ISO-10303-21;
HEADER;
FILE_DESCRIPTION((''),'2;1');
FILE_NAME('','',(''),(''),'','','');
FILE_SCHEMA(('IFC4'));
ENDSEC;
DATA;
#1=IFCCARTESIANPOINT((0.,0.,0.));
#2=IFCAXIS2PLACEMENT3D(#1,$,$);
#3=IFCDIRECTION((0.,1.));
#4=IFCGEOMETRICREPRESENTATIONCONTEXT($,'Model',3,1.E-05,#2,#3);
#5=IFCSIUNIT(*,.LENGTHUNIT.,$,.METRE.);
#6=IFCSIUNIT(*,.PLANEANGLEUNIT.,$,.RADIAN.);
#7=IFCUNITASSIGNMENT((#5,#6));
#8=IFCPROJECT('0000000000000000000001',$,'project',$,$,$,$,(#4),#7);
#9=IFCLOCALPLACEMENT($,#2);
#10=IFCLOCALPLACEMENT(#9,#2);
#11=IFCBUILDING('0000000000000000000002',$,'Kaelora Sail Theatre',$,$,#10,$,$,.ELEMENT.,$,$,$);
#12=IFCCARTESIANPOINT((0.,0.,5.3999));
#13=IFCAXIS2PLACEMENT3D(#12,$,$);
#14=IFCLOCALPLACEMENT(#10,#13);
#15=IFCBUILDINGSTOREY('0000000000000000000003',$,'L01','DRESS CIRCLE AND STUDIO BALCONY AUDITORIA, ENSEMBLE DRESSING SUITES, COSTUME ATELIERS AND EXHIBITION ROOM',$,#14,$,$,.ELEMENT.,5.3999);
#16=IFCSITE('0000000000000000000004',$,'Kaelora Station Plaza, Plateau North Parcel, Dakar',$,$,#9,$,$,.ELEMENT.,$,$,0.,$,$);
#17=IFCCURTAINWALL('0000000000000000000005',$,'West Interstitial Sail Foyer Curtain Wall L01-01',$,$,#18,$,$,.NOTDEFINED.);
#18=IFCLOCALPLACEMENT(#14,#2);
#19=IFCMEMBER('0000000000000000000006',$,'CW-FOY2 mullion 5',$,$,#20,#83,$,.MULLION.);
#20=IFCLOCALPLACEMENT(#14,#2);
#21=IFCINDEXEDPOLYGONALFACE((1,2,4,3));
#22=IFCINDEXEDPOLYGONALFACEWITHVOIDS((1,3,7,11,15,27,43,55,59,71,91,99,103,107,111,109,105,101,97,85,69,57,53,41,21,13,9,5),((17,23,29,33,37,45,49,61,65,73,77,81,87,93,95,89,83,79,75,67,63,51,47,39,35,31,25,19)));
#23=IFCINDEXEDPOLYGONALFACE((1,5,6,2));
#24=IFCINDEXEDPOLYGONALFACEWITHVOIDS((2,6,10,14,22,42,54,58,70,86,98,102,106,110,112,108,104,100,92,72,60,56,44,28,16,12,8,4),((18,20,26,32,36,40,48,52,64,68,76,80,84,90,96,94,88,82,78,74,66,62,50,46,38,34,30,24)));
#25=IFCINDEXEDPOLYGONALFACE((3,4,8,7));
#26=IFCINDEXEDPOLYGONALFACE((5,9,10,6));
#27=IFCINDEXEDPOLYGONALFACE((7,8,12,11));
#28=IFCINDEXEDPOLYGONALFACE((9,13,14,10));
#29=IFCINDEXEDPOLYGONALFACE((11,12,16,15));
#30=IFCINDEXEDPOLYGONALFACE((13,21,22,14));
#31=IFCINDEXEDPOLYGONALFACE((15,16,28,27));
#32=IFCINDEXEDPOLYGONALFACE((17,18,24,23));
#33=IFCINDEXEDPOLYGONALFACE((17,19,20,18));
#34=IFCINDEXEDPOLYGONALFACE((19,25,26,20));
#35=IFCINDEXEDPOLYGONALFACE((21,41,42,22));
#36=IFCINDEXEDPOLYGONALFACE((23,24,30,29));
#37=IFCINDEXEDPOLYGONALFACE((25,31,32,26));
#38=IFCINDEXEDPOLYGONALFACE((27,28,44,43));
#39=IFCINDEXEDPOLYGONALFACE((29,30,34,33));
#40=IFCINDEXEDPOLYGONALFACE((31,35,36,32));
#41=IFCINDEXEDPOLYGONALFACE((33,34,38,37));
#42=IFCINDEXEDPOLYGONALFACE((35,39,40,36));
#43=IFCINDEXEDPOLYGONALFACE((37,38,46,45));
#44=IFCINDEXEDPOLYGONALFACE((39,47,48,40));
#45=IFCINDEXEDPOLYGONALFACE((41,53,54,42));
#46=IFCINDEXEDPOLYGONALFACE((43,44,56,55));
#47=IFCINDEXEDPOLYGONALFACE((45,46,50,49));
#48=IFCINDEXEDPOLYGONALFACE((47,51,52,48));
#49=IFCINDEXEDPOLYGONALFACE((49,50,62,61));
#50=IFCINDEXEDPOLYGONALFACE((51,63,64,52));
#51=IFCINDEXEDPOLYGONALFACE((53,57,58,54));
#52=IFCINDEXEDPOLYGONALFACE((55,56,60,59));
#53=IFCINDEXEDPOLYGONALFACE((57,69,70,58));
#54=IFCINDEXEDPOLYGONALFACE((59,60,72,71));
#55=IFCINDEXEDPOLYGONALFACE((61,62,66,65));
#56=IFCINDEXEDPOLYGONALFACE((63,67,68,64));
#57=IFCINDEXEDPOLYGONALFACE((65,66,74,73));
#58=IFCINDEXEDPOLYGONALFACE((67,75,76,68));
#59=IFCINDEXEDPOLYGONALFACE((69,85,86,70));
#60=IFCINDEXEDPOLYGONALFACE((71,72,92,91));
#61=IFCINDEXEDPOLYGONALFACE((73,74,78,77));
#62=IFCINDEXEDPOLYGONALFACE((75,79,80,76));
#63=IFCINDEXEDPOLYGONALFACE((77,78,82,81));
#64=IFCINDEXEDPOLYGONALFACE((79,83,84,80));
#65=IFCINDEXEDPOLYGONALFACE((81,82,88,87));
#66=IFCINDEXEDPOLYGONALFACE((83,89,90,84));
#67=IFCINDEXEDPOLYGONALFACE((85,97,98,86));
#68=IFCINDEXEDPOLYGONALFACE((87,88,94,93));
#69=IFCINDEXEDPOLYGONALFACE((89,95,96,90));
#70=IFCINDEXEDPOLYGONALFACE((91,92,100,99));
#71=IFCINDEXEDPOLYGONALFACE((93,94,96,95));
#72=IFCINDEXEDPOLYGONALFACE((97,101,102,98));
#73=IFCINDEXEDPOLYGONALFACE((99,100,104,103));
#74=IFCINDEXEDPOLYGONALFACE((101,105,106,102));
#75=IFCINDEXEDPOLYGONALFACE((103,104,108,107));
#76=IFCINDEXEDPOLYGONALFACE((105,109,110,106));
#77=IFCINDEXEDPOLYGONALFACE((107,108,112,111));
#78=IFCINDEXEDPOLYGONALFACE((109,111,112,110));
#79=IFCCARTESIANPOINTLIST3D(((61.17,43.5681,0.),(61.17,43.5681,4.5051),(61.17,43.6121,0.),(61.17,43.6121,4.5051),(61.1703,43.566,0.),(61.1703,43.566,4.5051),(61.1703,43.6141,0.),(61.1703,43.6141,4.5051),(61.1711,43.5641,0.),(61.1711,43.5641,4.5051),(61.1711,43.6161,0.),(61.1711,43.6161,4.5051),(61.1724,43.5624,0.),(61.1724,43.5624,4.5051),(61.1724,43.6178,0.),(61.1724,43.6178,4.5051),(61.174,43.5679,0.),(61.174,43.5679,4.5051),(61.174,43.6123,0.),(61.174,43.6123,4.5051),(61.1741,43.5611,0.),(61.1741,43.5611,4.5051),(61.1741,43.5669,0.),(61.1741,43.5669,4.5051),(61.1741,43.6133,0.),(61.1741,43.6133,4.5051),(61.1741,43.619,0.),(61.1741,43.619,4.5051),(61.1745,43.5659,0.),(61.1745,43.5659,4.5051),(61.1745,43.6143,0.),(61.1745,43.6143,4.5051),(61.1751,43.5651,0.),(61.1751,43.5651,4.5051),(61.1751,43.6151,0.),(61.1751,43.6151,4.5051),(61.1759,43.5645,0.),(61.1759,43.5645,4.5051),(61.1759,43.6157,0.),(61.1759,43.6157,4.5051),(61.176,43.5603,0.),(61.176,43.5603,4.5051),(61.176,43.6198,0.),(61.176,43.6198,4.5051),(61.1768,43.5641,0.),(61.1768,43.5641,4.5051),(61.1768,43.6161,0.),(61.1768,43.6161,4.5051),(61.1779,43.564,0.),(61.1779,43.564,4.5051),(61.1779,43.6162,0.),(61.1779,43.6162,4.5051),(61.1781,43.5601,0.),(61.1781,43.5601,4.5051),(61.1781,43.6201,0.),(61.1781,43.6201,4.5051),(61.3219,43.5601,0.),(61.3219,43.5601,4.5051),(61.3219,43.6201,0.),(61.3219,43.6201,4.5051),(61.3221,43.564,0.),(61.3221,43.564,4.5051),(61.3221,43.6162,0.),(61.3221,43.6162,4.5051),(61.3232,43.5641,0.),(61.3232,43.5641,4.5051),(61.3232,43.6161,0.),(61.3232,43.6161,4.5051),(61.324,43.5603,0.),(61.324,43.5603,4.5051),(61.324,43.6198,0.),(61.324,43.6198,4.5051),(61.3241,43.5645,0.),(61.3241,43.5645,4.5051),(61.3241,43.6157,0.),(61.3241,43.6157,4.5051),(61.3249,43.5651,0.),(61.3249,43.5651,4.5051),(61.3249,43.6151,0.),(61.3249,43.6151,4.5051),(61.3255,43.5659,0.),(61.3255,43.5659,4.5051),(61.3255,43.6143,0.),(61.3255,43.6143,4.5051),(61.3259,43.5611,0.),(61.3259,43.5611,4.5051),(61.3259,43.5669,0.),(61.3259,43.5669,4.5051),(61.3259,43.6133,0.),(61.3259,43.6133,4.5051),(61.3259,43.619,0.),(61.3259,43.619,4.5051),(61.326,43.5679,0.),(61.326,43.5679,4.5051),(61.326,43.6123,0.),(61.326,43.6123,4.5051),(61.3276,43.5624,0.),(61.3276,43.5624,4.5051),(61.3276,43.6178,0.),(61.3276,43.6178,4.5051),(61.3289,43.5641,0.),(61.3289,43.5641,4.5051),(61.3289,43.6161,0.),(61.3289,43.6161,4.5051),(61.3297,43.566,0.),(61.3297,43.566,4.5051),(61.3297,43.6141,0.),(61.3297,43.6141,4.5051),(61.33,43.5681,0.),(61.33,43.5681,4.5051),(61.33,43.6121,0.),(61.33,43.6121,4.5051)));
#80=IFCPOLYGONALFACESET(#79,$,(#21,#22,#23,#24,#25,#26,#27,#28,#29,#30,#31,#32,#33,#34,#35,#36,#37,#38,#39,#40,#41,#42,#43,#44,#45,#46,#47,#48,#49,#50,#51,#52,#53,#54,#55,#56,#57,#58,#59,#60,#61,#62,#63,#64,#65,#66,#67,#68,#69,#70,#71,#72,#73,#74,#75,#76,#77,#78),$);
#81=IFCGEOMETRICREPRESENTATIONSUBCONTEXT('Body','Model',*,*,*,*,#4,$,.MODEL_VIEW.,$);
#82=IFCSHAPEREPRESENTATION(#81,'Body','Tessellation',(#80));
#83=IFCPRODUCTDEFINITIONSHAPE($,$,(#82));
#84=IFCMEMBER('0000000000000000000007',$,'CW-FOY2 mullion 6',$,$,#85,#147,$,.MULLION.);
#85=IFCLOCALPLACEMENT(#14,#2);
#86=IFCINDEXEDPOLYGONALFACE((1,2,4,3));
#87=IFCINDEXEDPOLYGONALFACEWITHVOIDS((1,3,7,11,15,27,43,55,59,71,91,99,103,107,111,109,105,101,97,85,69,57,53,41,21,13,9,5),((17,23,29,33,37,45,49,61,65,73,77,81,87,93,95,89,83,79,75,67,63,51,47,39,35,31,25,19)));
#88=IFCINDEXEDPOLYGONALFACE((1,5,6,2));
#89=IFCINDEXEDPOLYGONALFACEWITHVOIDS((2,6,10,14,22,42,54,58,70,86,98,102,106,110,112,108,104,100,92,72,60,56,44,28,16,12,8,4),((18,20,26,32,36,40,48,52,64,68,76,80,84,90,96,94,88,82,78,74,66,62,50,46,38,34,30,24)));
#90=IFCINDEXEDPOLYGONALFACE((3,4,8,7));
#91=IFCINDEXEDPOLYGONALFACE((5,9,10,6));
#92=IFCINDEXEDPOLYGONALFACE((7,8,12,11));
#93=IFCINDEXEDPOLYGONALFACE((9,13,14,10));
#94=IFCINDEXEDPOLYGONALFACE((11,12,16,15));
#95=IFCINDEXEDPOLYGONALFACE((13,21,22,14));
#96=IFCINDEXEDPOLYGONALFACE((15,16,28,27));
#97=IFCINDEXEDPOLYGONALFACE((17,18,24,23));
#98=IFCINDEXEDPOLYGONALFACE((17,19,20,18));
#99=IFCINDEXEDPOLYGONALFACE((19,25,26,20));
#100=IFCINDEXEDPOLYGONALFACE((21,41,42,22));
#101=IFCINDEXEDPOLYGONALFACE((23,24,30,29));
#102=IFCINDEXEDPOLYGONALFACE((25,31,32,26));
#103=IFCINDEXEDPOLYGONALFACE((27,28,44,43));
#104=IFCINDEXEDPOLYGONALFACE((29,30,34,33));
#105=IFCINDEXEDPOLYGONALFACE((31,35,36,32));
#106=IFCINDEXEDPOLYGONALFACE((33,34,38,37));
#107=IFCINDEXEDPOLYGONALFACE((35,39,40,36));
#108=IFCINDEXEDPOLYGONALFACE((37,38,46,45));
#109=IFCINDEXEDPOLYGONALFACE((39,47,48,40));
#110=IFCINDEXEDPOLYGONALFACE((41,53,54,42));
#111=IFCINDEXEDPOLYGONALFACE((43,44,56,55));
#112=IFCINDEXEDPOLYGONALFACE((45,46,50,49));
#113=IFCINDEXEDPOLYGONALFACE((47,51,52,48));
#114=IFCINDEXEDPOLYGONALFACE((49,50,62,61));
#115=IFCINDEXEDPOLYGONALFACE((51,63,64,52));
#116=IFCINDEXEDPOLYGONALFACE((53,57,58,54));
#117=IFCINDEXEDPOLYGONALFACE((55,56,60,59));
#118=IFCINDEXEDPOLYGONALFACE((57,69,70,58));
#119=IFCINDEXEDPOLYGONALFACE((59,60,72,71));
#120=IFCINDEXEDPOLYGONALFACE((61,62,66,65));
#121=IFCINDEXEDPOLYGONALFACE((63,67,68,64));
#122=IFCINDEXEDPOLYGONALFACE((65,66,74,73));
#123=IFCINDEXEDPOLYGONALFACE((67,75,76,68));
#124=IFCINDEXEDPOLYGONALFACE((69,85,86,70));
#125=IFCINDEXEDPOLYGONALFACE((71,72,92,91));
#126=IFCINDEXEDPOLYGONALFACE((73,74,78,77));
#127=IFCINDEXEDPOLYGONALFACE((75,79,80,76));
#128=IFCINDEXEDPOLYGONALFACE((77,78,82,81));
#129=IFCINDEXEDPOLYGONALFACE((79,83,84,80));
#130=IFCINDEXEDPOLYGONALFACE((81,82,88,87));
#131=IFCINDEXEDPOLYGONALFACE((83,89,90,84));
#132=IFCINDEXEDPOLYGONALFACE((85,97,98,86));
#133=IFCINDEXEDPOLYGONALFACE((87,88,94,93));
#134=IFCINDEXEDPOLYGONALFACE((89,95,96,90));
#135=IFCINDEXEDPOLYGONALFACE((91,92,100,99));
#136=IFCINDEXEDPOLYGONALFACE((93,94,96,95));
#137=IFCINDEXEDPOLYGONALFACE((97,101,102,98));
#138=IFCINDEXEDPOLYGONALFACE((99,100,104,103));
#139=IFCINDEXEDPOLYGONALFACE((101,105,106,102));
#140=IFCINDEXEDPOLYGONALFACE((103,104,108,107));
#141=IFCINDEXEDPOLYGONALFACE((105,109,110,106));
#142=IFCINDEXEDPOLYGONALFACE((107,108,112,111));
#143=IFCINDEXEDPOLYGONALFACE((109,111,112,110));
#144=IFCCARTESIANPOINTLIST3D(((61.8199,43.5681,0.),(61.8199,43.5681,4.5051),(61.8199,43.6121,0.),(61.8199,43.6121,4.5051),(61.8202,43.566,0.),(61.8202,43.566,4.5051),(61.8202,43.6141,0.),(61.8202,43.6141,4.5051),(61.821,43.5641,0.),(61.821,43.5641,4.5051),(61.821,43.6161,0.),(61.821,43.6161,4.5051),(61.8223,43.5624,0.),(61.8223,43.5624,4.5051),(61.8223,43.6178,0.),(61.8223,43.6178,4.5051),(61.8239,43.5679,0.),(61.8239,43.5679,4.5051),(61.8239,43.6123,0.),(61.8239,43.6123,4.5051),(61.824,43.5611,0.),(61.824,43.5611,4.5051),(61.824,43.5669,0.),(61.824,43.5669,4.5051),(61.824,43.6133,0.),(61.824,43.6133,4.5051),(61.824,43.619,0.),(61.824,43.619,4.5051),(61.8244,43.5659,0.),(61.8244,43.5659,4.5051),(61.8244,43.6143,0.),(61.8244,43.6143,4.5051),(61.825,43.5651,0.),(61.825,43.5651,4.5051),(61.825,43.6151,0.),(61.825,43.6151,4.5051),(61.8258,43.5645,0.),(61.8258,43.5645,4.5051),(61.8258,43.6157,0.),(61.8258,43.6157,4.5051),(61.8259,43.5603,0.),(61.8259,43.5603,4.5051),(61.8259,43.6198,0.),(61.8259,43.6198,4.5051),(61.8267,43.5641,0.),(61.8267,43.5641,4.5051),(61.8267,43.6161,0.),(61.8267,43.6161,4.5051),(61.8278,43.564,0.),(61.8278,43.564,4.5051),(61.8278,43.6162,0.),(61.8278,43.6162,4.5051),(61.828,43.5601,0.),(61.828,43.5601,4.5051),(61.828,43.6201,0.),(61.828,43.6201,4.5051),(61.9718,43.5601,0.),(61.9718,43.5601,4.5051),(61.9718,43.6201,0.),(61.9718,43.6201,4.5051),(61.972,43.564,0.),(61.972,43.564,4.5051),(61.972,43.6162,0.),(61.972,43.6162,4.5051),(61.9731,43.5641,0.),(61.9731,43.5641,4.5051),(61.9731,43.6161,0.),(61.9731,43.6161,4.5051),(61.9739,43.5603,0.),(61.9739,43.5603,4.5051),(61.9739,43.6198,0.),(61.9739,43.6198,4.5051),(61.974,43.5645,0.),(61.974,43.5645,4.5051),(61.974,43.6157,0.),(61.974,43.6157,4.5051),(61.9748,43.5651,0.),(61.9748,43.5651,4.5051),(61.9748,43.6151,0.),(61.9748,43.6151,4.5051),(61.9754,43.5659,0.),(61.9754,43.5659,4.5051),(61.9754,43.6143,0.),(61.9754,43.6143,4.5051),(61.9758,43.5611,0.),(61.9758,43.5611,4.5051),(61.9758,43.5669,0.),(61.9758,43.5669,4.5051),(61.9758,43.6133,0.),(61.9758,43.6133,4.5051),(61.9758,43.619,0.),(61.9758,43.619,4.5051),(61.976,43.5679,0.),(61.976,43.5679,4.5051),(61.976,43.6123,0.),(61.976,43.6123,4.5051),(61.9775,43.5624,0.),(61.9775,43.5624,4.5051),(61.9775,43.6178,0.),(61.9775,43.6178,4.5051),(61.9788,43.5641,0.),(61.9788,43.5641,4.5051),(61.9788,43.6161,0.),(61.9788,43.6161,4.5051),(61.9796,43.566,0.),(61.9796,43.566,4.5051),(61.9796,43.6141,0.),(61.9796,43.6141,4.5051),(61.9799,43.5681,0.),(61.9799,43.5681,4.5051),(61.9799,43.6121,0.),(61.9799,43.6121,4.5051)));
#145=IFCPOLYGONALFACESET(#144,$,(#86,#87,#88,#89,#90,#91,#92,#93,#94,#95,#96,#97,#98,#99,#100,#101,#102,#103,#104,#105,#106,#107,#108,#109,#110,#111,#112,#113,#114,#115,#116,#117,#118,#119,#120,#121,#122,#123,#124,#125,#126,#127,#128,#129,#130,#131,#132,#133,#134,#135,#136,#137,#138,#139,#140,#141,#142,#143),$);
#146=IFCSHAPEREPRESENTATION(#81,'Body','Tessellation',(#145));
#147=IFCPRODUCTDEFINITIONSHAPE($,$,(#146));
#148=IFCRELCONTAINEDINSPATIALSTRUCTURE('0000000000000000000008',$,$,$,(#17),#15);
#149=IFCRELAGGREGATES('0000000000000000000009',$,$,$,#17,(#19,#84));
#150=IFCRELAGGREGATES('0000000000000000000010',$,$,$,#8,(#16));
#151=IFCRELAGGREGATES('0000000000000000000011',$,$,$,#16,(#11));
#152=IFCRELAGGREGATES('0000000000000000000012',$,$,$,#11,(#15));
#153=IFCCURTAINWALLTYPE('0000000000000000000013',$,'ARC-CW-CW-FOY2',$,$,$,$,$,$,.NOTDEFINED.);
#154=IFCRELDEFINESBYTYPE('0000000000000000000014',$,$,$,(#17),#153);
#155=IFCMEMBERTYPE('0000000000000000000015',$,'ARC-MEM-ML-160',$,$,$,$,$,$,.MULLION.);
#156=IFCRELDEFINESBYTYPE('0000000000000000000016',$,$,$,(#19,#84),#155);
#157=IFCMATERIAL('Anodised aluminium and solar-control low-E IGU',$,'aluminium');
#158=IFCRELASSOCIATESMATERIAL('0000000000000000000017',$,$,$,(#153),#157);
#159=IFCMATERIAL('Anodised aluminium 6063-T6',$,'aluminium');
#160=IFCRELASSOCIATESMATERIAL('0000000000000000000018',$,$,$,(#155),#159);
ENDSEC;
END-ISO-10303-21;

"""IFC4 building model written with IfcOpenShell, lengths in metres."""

from ifc_helpers import new_model, si_unit, direction, frame, origin, origin_2d, place, context, subcontext, project, spatial, hollow_rectangle, extrude, material, material_profile, profile_set, type_object, element, aggregate, save


model = new_model("IFC4")

# Units and contexts
model_context = context("Model", 3, precision=1e-05, world=origin(), true_north=direction((0.0, 1.0)))
body_context = subcontext(model_context, "Body", "Model", "MODEL_VIEW")
ifc_project = project(units=[si_unit("LENGTHUNIT", "METRE"), si_unit("PLANEANGLEUNIT", "RADIAN")], contexts=[model_context])

# Site, building, storey
site_placement = place(None, origin())
site = spatial("IfcSite", under=ifc_project, at=site_placement, Name="Kaelora Station Plaza, Plateau North Parcel, Dakar", CompositionType="ELEMENT", RefElevation=0.0)
building_placement = place(site_placement, origin())
building = spatial("IfcBuilding", under=site, at=building_placement, Name="Kaelora Sail Theatre", CompositionType="ELEMENT")
storey_placement = place(building_placement, frame((0.0, 0.0, 5.3999)))
storey = spatial("IfcBuildingStorey", under=building, at=storey_placement, Name="L01", Description="DRESS CIRCLE AND STUDIO BALCONY AUDITORIA, ENSEMBLE DRESSING SUITES, COSTUME ATELIERS AND EXHIBITION ROOM", CompositionType="ELEMENT", Elevation=5.3999)

# Curtain wall, members
ifc_material_1 = material(Name="Anodised aluminium and solar-control low-E IGU", Category="aluminium")
curtain_wall_type = type_object("IfcCurtainWallType", Name="ARC-CW-CW-FOY2", PredefinedType="NOTDEFINED", material=ifc_material_1)
curtain_wall_placement = place(storey_placement, origin())
curtain_wall = element("IfcCurtainWall", 1, at=curtain_wall_placement, inside=storey, type_object=curtain_wall_type, Name="West Interstitial Sail Foyer Curtain Wall L01-01", PredefinedType="NOTDEFINED")
ifc_material_2 = material(Name="Anodised aluminium 6063-T6", Category="aluminium")
ifc_material_profile_1 = material_profile(ifc_material_2, hollow_rectangle(XDim=0.0601, YDim=0.1599, WallThickness=0.0039, InnerFilletRadius=0.0039, OuterFilletRadius=0.0081, at=origin_2d()), Name="ALU-MULL 60x160x4")
ifc_profile_set_1 = profile_set([ifc_material_profile_1], Name="Anodised aluminium 6063-T6")
member_type_1 = type_object("IfcMemberType", Name="ARC-MEM-ML-160", PredefinedType="MULLION", material=ifc_profile_set_1)
member_1_placement = place(storey_placement, frame((61.25, 43.5901, 0.0), z_axis=(0.0, 0.0, 1.0), x_axis=(0.0, 1.0, 0.0)))
member_1 = element("IfcMember", 2, at=member_1_placement, type_object=member_type_1, Name="CW-FOY2 mullion 5", PredefinedType="MULLION", context=body_context, shape_type="SweptSolid", body=[
    extrude(hollow_rectangle(XDim=0.0601, YDim=0.1599, WallThickness=0.0039, InnerFilletRadius=0.0039, OuterFilletRadius=0.0081, at=origin_2d()), origin(), (0.0, 0.0, 1.0), 4.5051),
])
member_2_placement = place(storey_placement, frame((61.8999, 43.5901, 0.0), z_axis=(0.0, 0.0, 1.0), x_axis=(0.0, 1.0, 0.0)))
member_2 = element("IfcMember", 3, at=member_2_placement, type_object=member_type_1, Name="CW-FOY2 mullion 6", PredefinedType="MULLION", context=body_context, shape_type="SweptSolid", body=[
    extrude(hollow_rectangle(XDim=0.0601, YDim=0.1599, WallThickness=0.0039, InnerFilletRadius=0.0039, OuterFilletRadius=0.0081, at=origin_2d()), origin(), (0.0, 0.0, 1.0), 4.5051),
])

aggregate(curtain_wall, [member_1, member_2])

save(model, "model.ifc")
